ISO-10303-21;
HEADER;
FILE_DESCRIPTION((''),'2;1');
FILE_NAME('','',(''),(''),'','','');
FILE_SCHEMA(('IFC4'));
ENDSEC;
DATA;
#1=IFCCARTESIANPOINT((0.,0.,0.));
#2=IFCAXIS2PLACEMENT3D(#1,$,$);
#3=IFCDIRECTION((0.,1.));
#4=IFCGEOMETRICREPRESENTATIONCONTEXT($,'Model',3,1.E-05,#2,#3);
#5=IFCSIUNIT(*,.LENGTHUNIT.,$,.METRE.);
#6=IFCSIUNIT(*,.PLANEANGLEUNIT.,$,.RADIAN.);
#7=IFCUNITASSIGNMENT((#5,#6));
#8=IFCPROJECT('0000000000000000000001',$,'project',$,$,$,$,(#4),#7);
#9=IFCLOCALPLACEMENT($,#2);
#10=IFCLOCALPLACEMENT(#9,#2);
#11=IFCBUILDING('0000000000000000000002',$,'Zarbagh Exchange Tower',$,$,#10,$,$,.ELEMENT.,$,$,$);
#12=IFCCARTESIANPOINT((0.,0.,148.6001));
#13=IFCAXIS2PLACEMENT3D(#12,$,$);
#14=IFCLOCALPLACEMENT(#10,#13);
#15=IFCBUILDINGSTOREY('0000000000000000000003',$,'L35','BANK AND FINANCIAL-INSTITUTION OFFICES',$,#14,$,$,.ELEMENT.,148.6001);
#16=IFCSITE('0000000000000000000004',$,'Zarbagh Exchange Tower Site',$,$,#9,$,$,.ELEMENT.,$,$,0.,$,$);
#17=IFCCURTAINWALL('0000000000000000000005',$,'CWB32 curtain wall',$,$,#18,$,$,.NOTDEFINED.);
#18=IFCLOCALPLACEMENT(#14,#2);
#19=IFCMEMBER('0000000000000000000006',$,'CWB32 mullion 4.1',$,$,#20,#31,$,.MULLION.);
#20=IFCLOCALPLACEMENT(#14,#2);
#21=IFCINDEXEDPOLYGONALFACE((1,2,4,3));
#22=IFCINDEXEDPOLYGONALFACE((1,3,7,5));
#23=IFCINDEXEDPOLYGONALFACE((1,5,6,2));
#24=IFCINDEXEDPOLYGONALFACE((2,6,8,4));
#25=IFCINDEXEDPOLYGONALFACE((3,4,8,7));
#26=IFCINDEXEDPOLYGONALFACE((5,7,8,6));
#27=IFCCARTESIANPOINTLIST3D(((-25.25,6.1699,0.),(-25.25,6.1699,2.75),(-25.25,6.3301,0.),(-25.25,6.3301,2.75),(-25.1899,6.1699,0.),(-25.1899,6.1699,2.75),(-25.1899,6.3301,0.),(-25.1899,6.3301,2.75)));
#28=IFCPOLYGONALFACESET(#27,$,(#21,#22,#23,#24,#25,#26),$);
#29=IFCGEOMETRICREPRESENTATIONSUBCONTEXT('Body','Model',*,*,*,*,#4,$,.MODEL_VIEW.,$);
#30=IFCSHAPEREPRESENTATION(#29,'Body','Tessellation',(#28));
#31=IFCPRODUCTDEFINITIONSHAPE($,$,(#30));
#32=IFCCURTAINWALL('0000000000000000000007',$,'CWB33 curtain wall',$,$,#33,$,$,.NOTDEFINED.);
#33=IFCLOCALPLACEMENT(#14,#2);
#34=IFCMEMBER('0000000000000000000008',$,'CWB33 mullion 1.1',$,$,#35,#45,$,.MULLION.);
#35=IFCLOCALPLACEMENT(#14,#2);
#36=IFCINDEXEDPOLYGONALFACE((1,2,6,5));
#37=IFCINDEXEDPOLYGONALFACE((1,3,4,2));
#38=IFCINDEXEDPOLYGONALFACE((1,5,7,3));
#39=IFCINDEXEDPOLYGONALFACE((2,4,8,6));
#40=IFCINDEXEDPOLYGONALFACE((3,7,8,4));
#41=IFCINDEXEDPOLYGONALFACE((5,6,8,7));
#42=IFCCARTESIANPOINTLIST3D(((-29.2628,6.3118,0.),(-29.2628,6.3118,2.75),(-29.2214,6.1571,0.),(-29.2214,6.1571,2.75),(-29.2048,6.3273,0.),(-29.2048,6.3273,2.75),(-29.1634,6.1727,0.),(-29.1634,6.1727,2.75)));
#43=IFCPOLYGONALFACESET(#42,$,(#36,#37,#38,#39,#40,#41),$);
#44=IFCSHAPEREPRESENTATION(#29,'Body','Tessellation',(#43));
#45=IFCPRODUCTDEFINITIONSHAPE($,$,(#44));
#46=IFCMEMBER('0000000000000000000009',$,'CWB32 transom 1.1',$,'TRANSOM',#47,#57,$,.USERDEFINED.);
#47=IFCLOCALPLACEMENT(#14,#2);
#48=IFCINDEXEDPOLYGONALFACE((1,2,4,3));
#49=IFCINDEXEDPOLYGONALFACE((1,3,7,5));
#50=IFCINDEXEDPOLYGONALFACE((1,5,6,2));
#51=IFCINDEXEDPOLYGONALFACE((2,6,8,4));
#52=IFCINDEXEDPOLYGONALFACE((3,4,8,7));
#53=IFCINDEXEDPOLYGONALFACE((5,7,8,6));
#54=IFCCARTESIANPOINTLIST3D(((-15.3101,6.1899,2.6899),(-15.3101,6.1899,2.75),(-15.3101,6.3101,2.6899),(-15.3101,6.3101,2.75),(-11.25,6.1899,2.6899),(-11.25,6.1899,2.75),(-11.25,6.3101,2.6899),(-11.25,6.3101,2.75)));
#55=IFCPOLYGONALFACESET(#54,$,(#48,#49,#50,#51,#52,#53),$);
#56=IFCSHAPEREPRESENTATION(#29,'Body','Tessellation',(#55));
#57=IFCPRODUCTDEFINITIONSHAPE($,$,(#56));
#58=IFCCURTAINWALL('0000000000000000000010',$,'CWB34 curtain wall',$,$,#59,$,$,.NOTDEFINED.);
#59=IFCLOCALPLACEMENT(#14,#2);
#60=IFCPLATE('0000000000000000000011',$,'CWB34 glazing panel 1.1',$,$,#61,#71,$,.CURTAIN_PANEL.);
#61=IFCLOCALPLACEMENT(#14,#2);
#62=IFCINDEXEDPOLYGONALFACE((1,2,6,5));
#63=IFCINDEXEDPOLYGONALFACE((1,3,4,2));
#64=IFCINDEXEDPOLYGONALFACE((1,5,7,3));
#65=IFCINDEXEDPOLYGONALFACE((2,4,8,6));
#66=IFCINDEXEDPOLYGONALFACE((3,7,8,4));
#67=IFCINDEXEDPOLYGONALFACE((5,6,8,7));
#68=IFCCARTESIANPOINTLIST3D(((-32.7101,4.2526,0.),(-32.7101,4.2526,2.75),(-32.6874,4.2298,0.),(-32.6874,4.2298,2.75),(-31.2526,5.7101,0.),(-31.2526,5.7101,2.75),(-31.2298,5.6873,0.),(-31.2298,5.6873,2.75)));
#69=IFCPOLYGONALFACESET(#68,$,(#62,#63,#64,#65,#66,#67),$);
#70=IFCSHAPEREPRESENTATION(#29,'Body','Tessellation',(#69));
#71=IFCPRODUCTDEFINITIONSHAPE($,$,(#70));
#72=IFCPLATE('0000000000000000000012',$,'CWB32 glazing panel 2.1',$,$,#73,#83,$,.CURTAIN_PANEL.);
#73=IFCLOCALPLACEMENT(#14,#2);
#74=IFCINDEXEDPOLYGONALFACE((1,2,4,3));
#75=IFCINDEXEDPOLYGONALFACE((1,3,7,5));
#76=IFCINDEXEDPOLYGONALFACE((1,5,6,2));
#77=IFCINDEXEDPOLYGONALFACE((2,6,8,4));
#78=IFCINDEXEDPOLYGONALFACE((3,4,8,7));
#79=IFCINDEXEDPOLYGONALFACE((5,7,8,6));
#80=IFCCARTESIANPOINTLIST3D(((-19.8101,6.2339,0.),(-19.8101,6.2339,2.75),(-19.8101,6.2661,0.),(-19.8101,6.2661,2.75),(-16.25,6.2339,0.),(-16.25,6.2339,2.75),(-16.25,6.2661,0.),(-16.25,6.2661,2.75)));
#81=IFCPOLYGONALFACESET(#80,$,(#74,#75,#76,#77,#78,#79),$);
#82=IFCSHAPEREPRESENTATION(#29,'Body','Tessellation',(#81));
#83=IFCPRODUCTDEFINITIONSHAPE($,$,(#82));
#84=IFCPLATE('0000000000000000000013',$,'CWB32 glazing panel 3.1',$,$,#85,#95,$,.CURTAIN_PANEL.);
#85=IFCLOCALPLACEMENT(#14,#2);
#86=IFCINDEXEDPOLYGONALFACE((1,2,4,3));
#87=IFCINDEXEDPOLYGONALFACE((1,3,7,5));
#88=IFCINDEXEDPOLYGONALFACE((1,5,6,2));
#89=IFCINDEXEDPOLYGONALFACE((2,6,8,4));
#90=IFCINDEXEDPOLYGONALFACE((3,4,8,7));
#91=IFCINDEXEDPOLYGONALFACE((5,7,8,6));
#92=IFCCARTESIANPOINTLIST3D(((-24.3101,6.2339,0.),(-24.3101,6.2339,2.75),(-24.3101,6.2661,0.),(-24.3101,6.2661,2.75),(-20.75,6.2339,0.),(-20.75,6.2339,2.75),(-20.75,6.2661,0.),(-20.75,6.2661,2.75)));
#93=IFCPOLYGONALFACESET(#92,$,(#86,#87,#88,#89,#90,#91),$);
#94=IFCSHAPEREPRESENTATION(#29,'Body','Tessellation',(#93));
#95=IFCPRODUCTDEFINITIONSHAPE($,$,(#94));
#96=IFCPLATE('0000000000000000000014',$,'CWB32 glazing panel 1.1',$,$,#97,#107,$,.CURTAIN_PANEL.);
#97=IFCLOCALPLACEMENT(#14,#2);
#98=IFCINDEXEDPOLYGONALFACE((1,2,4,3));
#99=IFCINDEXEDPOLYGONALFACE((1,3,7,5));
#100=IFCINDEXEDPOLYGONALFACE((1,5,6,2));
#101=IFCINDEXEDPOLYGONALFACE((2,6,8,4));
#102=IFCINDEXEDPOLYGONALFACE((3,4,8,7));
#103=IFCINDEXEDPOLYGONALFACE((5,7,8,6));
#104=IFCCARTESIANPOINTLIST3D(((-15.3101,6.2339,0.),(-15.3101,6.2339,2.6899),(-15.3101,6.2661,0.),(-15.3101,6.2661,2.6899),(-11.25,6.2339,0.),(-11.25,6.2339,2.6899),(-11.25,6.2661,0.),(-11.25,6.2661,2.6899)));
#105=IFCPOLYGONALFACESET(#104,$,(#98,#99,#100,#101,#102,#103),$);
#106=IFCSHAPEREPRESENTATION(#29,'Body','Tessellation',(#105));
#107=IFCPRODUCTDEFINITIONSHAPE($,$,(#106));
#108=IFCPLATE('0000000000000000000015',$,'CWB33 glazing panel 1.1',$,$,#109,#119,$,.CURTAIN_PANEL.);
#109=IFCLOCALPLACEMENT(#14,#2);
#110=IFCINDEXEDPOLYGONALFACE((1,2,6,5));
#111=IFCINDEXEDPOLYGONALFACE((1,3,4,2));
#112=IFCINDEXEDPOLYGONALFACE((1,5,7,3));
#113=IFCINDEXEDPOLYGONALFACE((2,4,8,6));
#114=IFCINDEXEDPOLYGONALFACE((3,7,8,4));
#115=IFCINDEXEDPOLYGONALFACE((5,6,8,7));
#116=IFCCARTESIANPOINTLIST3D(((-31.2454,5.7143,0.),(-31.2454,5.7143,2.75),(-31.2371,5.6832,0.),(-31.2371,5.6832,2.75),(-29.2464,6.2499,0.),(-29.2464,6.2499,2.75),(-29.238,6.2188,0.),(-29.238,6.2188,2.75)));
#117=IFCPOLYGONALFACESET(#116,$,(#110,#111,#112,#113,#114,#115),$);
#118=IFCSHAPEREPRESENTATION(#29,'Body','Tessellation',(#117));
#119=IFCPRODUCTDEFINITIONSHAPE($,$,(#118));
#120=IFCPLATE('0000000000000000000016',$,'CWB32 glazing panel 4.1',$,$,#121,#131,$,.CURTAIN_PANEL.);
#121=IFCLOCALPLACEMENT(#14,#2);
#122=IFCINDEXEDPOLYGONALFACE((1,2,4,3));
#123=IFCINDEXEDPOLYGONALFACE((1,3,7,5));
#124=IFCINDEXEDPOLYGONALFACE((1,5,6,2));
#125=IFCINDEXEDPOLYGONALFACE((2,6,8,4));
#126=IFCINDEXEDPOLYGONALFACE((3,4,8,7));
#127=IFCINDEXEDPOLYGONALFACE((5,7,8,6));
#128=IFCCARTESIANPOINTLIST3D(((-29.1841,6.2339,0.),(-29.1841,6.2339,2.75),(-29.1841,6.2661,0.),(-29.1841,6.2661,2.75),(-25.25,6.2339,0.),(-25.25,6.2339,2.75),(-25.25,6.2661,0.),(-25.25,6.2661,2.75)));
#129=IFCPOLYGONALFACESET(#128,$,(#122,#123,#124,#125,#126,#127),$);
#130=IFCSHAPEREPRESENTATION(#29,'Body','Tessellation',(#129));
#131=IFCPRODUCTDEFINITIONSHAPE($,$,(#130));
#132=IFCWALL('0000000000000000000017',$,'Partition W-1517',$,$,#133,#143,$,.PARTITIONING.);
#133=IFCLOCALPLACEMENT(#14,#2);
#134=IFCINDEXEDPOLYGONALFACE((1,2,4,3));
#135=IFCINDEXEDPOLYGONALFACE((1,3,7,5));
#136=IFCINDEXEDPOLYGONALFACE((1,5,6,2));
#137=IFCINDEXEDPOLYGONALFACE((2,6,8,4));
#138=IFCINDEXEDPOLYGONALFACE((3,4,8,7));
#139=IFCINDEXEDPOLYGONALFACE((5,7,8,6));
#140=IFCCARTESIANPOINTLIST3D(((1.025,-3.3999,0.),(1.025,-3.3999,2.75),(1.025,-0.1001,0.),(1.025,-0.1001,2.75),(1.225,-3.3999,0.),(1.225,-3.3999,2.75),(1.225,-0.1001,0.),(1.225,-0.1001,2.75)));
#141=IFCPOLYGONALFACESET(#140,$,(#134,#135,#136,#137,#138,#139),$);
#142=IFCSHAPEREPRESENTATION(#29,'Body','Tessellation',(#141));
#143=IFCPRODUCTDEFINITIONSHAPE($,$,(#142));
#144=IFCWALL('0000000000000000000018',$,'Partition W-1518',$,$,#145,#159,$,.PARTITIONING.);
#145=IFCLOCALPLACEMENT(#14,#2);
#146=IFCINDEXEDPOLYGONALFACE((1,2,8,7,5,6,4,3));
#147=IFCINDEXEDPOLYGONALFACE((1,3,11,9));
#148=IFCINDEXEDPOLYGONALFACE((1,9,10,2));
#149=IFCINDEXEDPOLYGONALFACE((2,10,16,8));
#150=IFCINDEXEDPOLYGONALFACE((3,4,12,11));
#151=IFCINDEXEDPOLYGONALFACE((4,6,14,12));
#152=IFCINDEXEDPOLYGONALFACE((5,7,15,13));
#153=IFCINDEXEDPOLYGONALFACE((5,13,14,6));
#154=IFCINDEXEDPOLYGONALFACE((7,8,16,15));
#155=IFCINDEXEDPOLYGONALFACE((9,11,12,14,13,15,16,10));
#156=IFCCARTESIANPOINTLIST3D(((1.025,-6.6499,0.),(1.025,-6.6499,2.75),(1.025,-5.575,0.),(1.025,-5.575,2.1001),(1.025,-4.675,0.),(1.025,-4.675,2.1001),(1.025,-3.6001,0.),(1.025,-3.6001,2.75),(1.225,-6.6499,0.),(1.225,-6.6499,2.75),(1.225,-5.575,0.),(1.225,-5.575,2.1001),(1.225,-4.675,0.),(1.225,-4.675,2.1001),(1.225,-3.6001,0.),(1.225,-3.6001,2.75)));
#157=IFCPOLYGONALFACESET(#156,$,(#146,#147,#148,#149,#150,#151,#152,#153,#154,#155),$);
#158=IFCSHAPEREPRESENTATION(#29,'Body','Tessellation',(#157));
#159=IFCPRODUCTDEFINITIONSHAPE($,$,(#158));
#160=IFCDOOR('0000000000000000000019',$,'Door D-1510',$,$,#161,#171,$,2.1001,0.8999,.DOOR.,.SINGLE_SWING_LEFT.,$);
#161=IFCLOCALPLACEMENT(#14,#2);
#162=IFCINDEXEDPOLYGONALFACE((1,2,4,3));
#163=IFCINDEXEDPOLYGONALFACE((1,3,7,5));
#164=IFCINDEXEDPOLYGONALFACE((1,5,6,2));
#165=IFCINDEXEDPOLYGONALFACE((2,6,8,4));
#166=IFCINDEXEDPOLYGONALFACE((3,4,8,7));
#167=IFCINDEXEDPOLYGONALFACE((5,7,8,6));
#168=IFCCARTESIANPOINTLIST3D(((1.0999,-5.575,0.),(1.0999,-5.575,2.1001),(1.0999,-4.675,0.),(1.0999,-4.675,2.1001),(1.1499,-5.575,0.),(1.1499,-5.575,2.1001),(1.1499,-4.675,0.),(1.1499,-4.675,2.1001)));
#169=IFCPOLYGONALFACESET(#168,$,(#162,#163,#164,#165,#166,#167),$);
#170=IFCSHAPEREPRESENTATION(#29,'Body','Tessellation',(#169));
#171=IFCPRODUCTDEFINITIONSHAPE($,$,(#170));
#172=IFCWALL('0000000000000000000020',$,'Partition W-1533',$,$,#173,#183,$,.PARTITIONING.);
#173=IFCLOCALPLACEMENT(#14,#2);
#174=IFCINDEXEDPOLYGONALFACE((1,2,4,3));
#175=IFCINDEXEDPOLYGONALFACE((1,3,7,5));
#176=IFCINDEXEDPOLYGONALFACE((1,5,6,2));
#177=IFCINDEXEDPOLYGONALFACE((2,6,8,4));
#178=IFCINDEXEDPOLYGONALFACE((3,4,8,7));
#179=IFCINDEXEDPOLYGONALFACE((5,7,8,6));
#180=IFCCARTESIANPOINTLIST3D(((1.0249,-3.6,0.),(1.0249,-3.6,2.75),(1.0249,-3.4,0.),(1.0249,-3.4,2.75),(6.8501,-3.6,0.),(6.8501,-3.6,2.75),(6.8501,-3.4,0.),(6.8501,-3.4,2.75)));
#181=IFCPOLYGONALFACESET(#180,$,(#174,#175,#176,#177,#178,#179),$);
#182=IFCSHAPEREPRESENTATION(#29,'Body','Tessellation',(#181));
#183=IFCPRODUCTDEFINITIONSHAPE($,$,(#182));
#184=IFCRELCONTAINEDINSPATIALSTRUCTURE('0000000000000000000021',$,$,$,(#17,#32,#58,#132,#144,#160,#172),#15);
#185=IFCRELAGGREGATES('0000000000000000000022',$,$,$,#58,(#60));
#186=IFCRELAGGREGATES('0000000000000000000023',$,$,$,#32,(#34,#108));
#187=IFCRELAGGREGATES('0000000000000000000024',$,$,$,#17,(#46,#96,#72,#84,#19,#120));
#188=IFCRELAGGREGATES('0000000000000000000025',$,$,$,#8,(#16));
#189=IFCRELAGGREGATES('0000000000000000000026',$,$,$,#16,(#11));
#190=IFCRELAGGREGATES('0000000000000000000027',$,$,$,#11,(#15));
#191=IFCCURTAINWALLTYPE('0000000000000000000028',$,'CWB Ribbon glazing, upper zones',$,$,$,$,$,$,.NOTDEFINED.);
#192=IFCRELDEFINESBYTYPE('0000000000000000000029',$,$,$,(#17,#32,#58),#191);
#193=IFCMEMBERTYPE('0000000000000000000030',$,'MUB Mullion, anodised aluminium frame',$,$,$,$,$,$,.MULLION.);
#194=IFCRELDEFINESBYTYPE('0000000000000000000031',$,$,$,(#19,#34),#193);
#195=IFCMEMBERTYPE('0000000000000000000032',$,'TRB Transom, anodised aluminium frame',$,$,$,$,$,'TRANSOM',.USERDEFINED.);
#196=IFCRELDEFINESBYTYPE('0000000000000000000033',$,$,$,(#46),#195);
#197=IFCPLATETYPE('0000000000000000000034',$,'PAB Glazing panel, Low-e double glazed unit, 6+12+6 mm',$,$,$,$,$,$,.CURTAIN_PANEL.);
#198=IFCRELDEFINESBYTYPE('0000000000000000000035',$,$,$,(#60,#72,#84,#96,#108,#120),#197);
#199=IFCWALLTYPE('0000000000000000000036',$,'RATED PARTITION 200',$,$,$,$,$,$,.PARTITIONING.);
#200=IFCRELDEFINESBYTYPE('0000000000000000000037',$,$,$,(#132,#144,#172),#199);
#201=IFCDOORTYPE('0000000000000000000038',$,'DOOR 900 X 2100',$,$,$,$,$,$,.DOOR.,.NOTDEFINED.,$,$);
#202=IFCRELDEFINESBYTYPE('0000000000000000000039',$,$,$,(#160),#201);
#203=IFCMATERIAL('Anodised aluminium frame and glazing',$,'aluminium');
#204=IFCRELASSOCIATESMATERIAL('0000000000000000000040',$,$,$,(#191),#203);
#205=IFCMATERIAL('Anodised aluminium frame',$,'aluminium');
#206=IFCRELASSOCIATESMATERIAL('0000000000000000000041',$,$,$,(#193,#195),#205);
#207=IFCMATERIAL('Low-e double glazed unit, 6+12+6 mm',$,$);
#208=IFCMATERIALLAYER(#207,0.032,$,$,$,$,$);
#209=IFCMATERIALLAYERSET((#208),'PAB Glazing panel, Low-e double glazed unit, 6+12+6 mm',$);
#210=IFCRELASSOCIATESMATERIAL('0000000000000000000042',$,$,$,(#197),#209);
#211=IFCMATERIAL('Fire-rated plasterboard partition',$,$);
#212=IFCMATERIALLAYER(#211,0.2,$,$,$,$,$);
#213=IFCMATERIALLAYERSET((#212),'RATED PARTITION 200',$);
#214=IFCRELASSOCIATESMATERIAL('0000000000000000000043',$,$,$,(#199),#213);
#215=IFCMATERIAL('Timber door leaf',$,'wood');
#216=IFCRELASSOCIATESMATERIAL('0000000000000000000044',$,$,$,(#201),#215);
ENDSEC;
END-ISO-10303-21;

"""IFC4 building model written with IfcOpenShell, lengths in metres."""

from ifc_helpers import new_model, si_unit, direction, frame, frame_2d, origin, place, context, subcontext, project, spatial, polyline, rectangle, outline, extrude, source, transform, mapped, material, layer, layer_set, type_object, element, fill, aggregate, save


model = new_model("IFC4")

# Units and contexts
model_context = context("Model", 3, precision=1e-05, world=origin(), true_north=direction((0.0, 1.0)))
body_context = subcontext(model_context, "Body", "Model", "MODEL_VIEW")
ifc_project = project(units=[si_unit("LENGTHUNIT", "METRE"), si_unit("PLANEANGLEUNIT", "RADIAN")], contexts=[model_context])

# Site, building, storey
site_placement = place(None, origin())
site = spatial("IfcSite", under=ifc_project, at=site_placement, Name="Zarbagh Exchange Tower Site", CompositionType="ELEMENT", RefElevation=0.0)
building_placement = place(site_placement, origin())
building = spatial("IfcBuilding", under=site, at=building_placement, Name="Zarbagh Exchange Tower", CompositionType="ELEMENT")
storey_placement = place(building_placement, frame((0.0, 0.0, 148.6001)))
storey = spatial("IfcBuildingStorey", under=building, at=storey_placement, Name="L35", Description="BANK AND FINANCIAL-INSTITUTION OFFICES", CompositionType="ELEMENT", Elevation=148.6001)

# Curtain wall, member
ifc_material_1 = material(Name="Anodised aluminium frame and glazing", Category="aluminium")
curtain_wall_type = type_object("IfcCurtainWallType", Name="CWB Ribbon glazing, upper zones", PredefinedType="NOTDEFINED", material=ifc_material_1)
curtain_wall_1_placement = place(storey_placement, origin())
curtain_wall_1 = element("IfcCurtainWall", 1, at=curtain_wall_1_placement, inside=storey, type_object=curtain_wall_type, Name="CWB32 curtain wall", PredefinedType="NOTDEFINED")
ifc_material_2 = material(Name="Anodised aluminium frame", Category="aluminium")
member_type_1 = type_object("IfcMemberType", Name="MUB Mullion, anodised aluminium frame", PredefinedType="MULLION", material=ifc_material_2)
shared_shape_1 = source(origin(), body_context, "Body", "SweptSolid", [
    extrude(outline(polyline([(0.0, -0.0801), (0.0601, -0.0801), (0.0601, 0.0801), (0.0, 0.0801), (0.0, -0.0801)])), origin(), (0.0, 0.0, 1.0), 2.75),
])
placement = place(storey_placement, origin())
member_1 = element("IfcMember", 2, at=placement, type_object=member_type_1, Name="CWB32 mullion 4.1", PredefinedType="MULLION", context=body_context, shape_type="MappedRepresentation", body=[
    mapped(shared_shape_1, transform((-25.1899, 6.25, 0.0), x_axis=(-1.0, 0.0, 0.0), y_axis=(0.0, -1.0, 0.0), z_axis=(0.0, 0.0, 1.0))),
])

# Curtain wall, member
curtain_wall_2_placement = place(storey_placement, origin())
curtain_wall_2 = element("IfcCurtainWall", 3, at=curtain_wall_2_placement, inside=storey, type_object=curtain_wall_type, Name="CWB33 curtain wall", PredefinedType="NOTDEFINED")
member_2 = element("IfcMember", 4, at=placement, type_object=member_type_1, Name="CWB33 mullion 1.1", PredefinedType="MULLION", context=body_context, shape_type="MappedRepresentation", body=[
    mapped(shared_shape_1, transform((-29.1841, 6.25, 0.0), x_axis=(-0.965924, -0.258825, 0.0), y_axis=(0.258825, -0.965924, 0.0), z_axis=(0.0, 0.0, 1.0))),
])

# Member
member_type_2 = type_object("IfcMemberType", Name="TRB Transom, anodised aluminium frame", ElementType="TRANSOM", PredefinedType="USERDEFINED", material=ifc_material_2)
shared_shape_2 = source(origin(), body_context, "Body", "SweptSolid", [
    extrude(outline(polyline([(-0.0601, -0.0601), (0.0, -0.0601), (0.0, 0.0601), (-0.0601, 0.0601), (-0.0601, -0.0601)])), origin(), (0.0, 0.0, 1.0), 4.0601),
])
member_3 = element("IfcMember", 5, at=placement, type_object=member_type_2, Name="CWB32 transom 1.1", ObjectType="TRANSOM", PredefinedType="USERDEFINED", context=body_context, shape_type="MappedRepresentation", body=[
    mapped(shared_shape_2, transform((-11.25, 6.25, 2.75), x_axis=(0.0, 0.0, 1.0), y_axis=(0.0, 1.0, 0.0), z_axis=(-1.0, 0.0, 0.0))),
])

# Curtain wall, plate
curtain_wall_3_placement = place(storey_placement, origin())
curtain_wall_3 = element("IfcCurtainWall", 6, at=curtain_wall_3_placement, inside=storey, type_object=curtain_wall_type, Name="CWB34 curtain wall", PredefinedType="NOTDEFINED")
ifc_material_3 = material(Name="Low-e double glazed unit, 6+12+6 mm")
ifc_layer_1 = layer(ifc_material_3, 0.032)
ifc_layer_set_1 = layer_set([ifc_layer_1], Name="PAB Glazing panel, Low-e double glazed unit, 6+12+6 mm")
plate_type = type_object("IfcPlateType", Name="PAB Glazing panel, Low-e double glazed unit, 6+12+6 mm", PredefinedType="CURTAIN_PANEL", material=ifc_layer_set_1)
shared_shape_3 = source(origin(), body_context, "Body", "SweptSolid", [
    extrude(outline(polyline([(0.0, -0.0161), (2.0613, -0.0161), (2.0613, 0.0161), (0.0, 0.0161), (0.0, -0.0161)])), origin(), (0.0, 0.0, 1.0), 2.75),
])
plate_1 = element("IfcPlate", 7, at=placement, type_object=plate_type, Name="CWB34 glazing panel 1.1", PredefinedType="CURTAIN_PANEL", context=body_context, shape_type="MappedRepresentation", body=[
    mapped(shared_shape_3, transform((-31.2412, 5.6987, 0.0), x_axis=(-0.707107, -0.707107, 0.0), y_axis=(0.707107, -0.707107, 0.0), z_axis=(0.0, 0.0, 1.0))),
])
aggregate(curtain_wall_3, [plate_1])

# Plates
shared_shape_4 = source(origin(), body_context, "Body", "SweptSolid", [
    extrude(outline(polyline([(0.0, -0.0161), (3.5601, -0.0161), (3.5601, 0.0161), (0.0, 0.0161), (0.0, -0.0161)])), origin(), (0.0, 0.0, 1.0), 2.75),
])
plate_2 = element("IfcPlate", 8, at=placement, type_object=plate_type, Name="CWB32 glazing panel 2.1", PredefinedType="CURTAIN_PANEL", context=body_context, shape_type="MappedRepresentation", body=[
    mapped(shared_shape_4, transform((-16.25, 6.25, 0.0), x_axis=(-1.0, 0.0, 0.0), y_axis=(0.0, -1.0, 0.0), z_axis=(0.0, 0.0, 1.0))),
])
plate_3 = element("IfcPlate", 9, at=placement, type_object=plate_type, Name="CWB32 glazing panel 3.1", PredefinedType="CURTAIN_PANEL", context=body_context, shape_type="MappedRepresentation", body=[
    mapped(shared_shape_4, transform((-20.75, 6.25, 0.0), x_axis=(-1.0, 0.0, 0.0), y_axis=(0.0, -1.0, 0.0), z_axis=(0.0, 0.0, 1.0))),
])
shared_shape_5 = source(origin(), body_context, "Body", "SweptSolid", [
    extrude(outline(polyline([(0.0, -0.0161), (4.0601, -0.0161), (4.0601, 0.0161), (0.0, 0.0161), (0.0, -0.0161)])), origin(), (0.0, 0.0, 1.0), 2.6899),
])
plate_4 = element("IfcPlate", 10, at=placement, type_object=plate_type, Name="CWB32 glazing panel 1.1", PredefinedType="CURTAIN_PANEL", context=body_context, shape_type="MappedRepresentation", body=[
    mapped(shared_shape_5, transform((-11.25, 6.25, 0.0), x_axis=(-1.0, 0.0, 0.0), y_axis=(0.0, -1.0, 0.0), z_axis=(0.0, 0.0, 1.0))),
])
shared_shape_6 = source(origin(), body_context, "Body", "SweptSolid", [
    extrude(outline(polyline([(0.0, -0.0161), (2.0696, -0.0161), (2.0696, 0.0161), (0.0, 0.0161), (0.0, -0.0161)])), origin(), (0.0, 0.0, 1.0), 2.75),
])
plate_5 = element("IfcPlate", 11, at=placement, type_object=plate_type, Name="CWB33 glazing panel 1.1", PredefinedType="CURTAIN_PANEL", context=body_context, shape_type="MappedRepresentation", body=[
    mapped(shared_shape_6, transform((-29.2422, 6.2344, 0.0), x_axis=(-0.965924, -0.258825, 0.0), y_axis=(0.258825, -0.965924, 0.0), z_axis=(0.0, 0.0, 1.0))),
])
aggregate(curtain_wall_2, [member_2, plate_5])
shared_shape_7 = source(origin(), body_context, "Body", "SweptSolid", [
    extrude(outline(polyline([(0.0, -0.0161), (3.9341, -0.0161), (3.9341, 0.0161), (0.0, 0.0161), (0.0, -0.0161)])), origin(), (0.0, 0.0, 1.0), 2.75),
])
plate_6 = element("IfcPlate", 12, at=placement, type_object=plate_type, Name="CWB32 glazing panel 4.1", PredefinedType="CURTAIN_PANEL", context=body_context, shape_type="MappedRepresentation", body=[
    mapped(shared_shape_7, transform((-25.25, 6.25, 0.0), x_axis=(-1.0, 0.0, 0.0), y_axis=(0.0, -1.0, 0.0), z_axis=(0.0, 0.0, 1.0))),
])
aggregate(curtain_wall_1, [member_3, plate_4, plate_2, plate_3, member_1, plate_6])

# Wall
ifc_material_4 = material(Name="Fire-rated plasterboard partition")
ifc_layer_2 = layer(ifc_material_4, 0.2)
ifc_layer_set_2 = layer_set([ifc_layer_2], Name="RATED PARTITION 200")
wall_type = type_object("IfcWallType", Name="RATED PARTITION 200", PredefinedType="PARTITIONING", material=ifc_layer_set_2)
wall_1_placement = place(storey_placement, frame((1.125, -3.3999, 0.0), z_axis=(0.0, 0.0, 1.0), x_axis=(0.0, 1.0, 0.0)))
element("IfcWall", 13, at=wall_1_placement, inside=storey, type_object=wall_type, Name="Partition W-1517", PredefinedType="PARTITIONING", context=body_context, shape_type="SweptSolid", body=[
    extrude(rectangle(XDim=3.2998, YDim=0.2, at=frame_2d((1.6499, 0.0))), origin(), (0.0, 0.0, 1.0), 2.75),
])

# Wall, opening, door
wall_2_placement = place(storey_placement, frame((1.125, -3.6001, 0.0), z_axis=(0.0, 0.0, 1.0), x_axis=(0.0, -1.0, 0.0)))
wall_2 = element("IfcWall", 14, at=wall_2_placement, inside=storey, type_object=wall_type, Name="Partition W-1518", PredefinedType="PARTITIONING", context=body_context, shape_type="SweptSolid", body=[
    extrude(rectangle(XDim=3.0498, YDim=0.2, at=frame_2d((1.5249, 0.0))), origin(), (0.0, 0.0, 1.0), 2.75),
])
opening_placement = place(wall_2_placement, frame((1.075, 0.0, 0.0)))
opening = element("IfcOpeningElement", 15, at=opening_placement, cuts=wall_2, PredefinedType="OPENING", context=body_context, shape_type="SweptSolid", body=[
    extrude(rectangle(XDim=0.8999, YDim=2.1001, at=frame_2d((0.45, 1.05))), frame((0.0, 0.1099, 0.0), z_axis=(0.0, -1.0, 0.0), x_axis=(1.0, 0.0, 0.0)), (0.0, 0.0, 1.0), 0.22),
])
ifc_material_5 = material(Name="Timber door leaf", Category="wood")
door_type = type_object("IfcDoorType", Name="DOOR 900 X 2100", OperationType="NOTDEFINED", PredefinedType="DOOR", material=ifc_material_5)
door_placement = place(opening_placement, origin())
door = element("IfcDoor", 16, at=door_placement, inside=storey, type_object=door_type, Name="Door D-1510", OperationType="SINGLE_SWING_LEFT", OverallHeight=2.1001, OverallWidth=0.8999, PredefinedType="DOOR", context=body_context, shape_type="SweptSolid", body=[
    extrude(rectangle(XDim=0.8999, YDim=2.1001, at=frame_2d((0.45, 1.05))), frame((0.0, 0.0249, 0.0), z_axis=(0.0, -1.0, 0.0), x_axis=(1.0, 0.0, 0.0)), (0.0, 0.0, 1.0), 0.05),
])
fill(opening, door)

# Wall
wall_3_placement = place(storey_placement, frame((1.0249, -3.5, 0.0), z_axis=(0.0, 0.0, 1.0), x_axis=(1.0, 0.0, 0.0)))
element("IfcWall", 17, at=wall_3_placement, inside=storey, type_object=wall_type, Name="Partition W-1533", PredefinedType="PARTITIONING", context=body_context, shape_type="SweptSolid", body=[
    extrude(rectangle(XDim=5.8252, YDim=0.2, at=frame_2d((2.9126, 0.0))), origin(), (0.0, 0.0, 1.0), 2.75),
])

save(model, "model.ifc")
